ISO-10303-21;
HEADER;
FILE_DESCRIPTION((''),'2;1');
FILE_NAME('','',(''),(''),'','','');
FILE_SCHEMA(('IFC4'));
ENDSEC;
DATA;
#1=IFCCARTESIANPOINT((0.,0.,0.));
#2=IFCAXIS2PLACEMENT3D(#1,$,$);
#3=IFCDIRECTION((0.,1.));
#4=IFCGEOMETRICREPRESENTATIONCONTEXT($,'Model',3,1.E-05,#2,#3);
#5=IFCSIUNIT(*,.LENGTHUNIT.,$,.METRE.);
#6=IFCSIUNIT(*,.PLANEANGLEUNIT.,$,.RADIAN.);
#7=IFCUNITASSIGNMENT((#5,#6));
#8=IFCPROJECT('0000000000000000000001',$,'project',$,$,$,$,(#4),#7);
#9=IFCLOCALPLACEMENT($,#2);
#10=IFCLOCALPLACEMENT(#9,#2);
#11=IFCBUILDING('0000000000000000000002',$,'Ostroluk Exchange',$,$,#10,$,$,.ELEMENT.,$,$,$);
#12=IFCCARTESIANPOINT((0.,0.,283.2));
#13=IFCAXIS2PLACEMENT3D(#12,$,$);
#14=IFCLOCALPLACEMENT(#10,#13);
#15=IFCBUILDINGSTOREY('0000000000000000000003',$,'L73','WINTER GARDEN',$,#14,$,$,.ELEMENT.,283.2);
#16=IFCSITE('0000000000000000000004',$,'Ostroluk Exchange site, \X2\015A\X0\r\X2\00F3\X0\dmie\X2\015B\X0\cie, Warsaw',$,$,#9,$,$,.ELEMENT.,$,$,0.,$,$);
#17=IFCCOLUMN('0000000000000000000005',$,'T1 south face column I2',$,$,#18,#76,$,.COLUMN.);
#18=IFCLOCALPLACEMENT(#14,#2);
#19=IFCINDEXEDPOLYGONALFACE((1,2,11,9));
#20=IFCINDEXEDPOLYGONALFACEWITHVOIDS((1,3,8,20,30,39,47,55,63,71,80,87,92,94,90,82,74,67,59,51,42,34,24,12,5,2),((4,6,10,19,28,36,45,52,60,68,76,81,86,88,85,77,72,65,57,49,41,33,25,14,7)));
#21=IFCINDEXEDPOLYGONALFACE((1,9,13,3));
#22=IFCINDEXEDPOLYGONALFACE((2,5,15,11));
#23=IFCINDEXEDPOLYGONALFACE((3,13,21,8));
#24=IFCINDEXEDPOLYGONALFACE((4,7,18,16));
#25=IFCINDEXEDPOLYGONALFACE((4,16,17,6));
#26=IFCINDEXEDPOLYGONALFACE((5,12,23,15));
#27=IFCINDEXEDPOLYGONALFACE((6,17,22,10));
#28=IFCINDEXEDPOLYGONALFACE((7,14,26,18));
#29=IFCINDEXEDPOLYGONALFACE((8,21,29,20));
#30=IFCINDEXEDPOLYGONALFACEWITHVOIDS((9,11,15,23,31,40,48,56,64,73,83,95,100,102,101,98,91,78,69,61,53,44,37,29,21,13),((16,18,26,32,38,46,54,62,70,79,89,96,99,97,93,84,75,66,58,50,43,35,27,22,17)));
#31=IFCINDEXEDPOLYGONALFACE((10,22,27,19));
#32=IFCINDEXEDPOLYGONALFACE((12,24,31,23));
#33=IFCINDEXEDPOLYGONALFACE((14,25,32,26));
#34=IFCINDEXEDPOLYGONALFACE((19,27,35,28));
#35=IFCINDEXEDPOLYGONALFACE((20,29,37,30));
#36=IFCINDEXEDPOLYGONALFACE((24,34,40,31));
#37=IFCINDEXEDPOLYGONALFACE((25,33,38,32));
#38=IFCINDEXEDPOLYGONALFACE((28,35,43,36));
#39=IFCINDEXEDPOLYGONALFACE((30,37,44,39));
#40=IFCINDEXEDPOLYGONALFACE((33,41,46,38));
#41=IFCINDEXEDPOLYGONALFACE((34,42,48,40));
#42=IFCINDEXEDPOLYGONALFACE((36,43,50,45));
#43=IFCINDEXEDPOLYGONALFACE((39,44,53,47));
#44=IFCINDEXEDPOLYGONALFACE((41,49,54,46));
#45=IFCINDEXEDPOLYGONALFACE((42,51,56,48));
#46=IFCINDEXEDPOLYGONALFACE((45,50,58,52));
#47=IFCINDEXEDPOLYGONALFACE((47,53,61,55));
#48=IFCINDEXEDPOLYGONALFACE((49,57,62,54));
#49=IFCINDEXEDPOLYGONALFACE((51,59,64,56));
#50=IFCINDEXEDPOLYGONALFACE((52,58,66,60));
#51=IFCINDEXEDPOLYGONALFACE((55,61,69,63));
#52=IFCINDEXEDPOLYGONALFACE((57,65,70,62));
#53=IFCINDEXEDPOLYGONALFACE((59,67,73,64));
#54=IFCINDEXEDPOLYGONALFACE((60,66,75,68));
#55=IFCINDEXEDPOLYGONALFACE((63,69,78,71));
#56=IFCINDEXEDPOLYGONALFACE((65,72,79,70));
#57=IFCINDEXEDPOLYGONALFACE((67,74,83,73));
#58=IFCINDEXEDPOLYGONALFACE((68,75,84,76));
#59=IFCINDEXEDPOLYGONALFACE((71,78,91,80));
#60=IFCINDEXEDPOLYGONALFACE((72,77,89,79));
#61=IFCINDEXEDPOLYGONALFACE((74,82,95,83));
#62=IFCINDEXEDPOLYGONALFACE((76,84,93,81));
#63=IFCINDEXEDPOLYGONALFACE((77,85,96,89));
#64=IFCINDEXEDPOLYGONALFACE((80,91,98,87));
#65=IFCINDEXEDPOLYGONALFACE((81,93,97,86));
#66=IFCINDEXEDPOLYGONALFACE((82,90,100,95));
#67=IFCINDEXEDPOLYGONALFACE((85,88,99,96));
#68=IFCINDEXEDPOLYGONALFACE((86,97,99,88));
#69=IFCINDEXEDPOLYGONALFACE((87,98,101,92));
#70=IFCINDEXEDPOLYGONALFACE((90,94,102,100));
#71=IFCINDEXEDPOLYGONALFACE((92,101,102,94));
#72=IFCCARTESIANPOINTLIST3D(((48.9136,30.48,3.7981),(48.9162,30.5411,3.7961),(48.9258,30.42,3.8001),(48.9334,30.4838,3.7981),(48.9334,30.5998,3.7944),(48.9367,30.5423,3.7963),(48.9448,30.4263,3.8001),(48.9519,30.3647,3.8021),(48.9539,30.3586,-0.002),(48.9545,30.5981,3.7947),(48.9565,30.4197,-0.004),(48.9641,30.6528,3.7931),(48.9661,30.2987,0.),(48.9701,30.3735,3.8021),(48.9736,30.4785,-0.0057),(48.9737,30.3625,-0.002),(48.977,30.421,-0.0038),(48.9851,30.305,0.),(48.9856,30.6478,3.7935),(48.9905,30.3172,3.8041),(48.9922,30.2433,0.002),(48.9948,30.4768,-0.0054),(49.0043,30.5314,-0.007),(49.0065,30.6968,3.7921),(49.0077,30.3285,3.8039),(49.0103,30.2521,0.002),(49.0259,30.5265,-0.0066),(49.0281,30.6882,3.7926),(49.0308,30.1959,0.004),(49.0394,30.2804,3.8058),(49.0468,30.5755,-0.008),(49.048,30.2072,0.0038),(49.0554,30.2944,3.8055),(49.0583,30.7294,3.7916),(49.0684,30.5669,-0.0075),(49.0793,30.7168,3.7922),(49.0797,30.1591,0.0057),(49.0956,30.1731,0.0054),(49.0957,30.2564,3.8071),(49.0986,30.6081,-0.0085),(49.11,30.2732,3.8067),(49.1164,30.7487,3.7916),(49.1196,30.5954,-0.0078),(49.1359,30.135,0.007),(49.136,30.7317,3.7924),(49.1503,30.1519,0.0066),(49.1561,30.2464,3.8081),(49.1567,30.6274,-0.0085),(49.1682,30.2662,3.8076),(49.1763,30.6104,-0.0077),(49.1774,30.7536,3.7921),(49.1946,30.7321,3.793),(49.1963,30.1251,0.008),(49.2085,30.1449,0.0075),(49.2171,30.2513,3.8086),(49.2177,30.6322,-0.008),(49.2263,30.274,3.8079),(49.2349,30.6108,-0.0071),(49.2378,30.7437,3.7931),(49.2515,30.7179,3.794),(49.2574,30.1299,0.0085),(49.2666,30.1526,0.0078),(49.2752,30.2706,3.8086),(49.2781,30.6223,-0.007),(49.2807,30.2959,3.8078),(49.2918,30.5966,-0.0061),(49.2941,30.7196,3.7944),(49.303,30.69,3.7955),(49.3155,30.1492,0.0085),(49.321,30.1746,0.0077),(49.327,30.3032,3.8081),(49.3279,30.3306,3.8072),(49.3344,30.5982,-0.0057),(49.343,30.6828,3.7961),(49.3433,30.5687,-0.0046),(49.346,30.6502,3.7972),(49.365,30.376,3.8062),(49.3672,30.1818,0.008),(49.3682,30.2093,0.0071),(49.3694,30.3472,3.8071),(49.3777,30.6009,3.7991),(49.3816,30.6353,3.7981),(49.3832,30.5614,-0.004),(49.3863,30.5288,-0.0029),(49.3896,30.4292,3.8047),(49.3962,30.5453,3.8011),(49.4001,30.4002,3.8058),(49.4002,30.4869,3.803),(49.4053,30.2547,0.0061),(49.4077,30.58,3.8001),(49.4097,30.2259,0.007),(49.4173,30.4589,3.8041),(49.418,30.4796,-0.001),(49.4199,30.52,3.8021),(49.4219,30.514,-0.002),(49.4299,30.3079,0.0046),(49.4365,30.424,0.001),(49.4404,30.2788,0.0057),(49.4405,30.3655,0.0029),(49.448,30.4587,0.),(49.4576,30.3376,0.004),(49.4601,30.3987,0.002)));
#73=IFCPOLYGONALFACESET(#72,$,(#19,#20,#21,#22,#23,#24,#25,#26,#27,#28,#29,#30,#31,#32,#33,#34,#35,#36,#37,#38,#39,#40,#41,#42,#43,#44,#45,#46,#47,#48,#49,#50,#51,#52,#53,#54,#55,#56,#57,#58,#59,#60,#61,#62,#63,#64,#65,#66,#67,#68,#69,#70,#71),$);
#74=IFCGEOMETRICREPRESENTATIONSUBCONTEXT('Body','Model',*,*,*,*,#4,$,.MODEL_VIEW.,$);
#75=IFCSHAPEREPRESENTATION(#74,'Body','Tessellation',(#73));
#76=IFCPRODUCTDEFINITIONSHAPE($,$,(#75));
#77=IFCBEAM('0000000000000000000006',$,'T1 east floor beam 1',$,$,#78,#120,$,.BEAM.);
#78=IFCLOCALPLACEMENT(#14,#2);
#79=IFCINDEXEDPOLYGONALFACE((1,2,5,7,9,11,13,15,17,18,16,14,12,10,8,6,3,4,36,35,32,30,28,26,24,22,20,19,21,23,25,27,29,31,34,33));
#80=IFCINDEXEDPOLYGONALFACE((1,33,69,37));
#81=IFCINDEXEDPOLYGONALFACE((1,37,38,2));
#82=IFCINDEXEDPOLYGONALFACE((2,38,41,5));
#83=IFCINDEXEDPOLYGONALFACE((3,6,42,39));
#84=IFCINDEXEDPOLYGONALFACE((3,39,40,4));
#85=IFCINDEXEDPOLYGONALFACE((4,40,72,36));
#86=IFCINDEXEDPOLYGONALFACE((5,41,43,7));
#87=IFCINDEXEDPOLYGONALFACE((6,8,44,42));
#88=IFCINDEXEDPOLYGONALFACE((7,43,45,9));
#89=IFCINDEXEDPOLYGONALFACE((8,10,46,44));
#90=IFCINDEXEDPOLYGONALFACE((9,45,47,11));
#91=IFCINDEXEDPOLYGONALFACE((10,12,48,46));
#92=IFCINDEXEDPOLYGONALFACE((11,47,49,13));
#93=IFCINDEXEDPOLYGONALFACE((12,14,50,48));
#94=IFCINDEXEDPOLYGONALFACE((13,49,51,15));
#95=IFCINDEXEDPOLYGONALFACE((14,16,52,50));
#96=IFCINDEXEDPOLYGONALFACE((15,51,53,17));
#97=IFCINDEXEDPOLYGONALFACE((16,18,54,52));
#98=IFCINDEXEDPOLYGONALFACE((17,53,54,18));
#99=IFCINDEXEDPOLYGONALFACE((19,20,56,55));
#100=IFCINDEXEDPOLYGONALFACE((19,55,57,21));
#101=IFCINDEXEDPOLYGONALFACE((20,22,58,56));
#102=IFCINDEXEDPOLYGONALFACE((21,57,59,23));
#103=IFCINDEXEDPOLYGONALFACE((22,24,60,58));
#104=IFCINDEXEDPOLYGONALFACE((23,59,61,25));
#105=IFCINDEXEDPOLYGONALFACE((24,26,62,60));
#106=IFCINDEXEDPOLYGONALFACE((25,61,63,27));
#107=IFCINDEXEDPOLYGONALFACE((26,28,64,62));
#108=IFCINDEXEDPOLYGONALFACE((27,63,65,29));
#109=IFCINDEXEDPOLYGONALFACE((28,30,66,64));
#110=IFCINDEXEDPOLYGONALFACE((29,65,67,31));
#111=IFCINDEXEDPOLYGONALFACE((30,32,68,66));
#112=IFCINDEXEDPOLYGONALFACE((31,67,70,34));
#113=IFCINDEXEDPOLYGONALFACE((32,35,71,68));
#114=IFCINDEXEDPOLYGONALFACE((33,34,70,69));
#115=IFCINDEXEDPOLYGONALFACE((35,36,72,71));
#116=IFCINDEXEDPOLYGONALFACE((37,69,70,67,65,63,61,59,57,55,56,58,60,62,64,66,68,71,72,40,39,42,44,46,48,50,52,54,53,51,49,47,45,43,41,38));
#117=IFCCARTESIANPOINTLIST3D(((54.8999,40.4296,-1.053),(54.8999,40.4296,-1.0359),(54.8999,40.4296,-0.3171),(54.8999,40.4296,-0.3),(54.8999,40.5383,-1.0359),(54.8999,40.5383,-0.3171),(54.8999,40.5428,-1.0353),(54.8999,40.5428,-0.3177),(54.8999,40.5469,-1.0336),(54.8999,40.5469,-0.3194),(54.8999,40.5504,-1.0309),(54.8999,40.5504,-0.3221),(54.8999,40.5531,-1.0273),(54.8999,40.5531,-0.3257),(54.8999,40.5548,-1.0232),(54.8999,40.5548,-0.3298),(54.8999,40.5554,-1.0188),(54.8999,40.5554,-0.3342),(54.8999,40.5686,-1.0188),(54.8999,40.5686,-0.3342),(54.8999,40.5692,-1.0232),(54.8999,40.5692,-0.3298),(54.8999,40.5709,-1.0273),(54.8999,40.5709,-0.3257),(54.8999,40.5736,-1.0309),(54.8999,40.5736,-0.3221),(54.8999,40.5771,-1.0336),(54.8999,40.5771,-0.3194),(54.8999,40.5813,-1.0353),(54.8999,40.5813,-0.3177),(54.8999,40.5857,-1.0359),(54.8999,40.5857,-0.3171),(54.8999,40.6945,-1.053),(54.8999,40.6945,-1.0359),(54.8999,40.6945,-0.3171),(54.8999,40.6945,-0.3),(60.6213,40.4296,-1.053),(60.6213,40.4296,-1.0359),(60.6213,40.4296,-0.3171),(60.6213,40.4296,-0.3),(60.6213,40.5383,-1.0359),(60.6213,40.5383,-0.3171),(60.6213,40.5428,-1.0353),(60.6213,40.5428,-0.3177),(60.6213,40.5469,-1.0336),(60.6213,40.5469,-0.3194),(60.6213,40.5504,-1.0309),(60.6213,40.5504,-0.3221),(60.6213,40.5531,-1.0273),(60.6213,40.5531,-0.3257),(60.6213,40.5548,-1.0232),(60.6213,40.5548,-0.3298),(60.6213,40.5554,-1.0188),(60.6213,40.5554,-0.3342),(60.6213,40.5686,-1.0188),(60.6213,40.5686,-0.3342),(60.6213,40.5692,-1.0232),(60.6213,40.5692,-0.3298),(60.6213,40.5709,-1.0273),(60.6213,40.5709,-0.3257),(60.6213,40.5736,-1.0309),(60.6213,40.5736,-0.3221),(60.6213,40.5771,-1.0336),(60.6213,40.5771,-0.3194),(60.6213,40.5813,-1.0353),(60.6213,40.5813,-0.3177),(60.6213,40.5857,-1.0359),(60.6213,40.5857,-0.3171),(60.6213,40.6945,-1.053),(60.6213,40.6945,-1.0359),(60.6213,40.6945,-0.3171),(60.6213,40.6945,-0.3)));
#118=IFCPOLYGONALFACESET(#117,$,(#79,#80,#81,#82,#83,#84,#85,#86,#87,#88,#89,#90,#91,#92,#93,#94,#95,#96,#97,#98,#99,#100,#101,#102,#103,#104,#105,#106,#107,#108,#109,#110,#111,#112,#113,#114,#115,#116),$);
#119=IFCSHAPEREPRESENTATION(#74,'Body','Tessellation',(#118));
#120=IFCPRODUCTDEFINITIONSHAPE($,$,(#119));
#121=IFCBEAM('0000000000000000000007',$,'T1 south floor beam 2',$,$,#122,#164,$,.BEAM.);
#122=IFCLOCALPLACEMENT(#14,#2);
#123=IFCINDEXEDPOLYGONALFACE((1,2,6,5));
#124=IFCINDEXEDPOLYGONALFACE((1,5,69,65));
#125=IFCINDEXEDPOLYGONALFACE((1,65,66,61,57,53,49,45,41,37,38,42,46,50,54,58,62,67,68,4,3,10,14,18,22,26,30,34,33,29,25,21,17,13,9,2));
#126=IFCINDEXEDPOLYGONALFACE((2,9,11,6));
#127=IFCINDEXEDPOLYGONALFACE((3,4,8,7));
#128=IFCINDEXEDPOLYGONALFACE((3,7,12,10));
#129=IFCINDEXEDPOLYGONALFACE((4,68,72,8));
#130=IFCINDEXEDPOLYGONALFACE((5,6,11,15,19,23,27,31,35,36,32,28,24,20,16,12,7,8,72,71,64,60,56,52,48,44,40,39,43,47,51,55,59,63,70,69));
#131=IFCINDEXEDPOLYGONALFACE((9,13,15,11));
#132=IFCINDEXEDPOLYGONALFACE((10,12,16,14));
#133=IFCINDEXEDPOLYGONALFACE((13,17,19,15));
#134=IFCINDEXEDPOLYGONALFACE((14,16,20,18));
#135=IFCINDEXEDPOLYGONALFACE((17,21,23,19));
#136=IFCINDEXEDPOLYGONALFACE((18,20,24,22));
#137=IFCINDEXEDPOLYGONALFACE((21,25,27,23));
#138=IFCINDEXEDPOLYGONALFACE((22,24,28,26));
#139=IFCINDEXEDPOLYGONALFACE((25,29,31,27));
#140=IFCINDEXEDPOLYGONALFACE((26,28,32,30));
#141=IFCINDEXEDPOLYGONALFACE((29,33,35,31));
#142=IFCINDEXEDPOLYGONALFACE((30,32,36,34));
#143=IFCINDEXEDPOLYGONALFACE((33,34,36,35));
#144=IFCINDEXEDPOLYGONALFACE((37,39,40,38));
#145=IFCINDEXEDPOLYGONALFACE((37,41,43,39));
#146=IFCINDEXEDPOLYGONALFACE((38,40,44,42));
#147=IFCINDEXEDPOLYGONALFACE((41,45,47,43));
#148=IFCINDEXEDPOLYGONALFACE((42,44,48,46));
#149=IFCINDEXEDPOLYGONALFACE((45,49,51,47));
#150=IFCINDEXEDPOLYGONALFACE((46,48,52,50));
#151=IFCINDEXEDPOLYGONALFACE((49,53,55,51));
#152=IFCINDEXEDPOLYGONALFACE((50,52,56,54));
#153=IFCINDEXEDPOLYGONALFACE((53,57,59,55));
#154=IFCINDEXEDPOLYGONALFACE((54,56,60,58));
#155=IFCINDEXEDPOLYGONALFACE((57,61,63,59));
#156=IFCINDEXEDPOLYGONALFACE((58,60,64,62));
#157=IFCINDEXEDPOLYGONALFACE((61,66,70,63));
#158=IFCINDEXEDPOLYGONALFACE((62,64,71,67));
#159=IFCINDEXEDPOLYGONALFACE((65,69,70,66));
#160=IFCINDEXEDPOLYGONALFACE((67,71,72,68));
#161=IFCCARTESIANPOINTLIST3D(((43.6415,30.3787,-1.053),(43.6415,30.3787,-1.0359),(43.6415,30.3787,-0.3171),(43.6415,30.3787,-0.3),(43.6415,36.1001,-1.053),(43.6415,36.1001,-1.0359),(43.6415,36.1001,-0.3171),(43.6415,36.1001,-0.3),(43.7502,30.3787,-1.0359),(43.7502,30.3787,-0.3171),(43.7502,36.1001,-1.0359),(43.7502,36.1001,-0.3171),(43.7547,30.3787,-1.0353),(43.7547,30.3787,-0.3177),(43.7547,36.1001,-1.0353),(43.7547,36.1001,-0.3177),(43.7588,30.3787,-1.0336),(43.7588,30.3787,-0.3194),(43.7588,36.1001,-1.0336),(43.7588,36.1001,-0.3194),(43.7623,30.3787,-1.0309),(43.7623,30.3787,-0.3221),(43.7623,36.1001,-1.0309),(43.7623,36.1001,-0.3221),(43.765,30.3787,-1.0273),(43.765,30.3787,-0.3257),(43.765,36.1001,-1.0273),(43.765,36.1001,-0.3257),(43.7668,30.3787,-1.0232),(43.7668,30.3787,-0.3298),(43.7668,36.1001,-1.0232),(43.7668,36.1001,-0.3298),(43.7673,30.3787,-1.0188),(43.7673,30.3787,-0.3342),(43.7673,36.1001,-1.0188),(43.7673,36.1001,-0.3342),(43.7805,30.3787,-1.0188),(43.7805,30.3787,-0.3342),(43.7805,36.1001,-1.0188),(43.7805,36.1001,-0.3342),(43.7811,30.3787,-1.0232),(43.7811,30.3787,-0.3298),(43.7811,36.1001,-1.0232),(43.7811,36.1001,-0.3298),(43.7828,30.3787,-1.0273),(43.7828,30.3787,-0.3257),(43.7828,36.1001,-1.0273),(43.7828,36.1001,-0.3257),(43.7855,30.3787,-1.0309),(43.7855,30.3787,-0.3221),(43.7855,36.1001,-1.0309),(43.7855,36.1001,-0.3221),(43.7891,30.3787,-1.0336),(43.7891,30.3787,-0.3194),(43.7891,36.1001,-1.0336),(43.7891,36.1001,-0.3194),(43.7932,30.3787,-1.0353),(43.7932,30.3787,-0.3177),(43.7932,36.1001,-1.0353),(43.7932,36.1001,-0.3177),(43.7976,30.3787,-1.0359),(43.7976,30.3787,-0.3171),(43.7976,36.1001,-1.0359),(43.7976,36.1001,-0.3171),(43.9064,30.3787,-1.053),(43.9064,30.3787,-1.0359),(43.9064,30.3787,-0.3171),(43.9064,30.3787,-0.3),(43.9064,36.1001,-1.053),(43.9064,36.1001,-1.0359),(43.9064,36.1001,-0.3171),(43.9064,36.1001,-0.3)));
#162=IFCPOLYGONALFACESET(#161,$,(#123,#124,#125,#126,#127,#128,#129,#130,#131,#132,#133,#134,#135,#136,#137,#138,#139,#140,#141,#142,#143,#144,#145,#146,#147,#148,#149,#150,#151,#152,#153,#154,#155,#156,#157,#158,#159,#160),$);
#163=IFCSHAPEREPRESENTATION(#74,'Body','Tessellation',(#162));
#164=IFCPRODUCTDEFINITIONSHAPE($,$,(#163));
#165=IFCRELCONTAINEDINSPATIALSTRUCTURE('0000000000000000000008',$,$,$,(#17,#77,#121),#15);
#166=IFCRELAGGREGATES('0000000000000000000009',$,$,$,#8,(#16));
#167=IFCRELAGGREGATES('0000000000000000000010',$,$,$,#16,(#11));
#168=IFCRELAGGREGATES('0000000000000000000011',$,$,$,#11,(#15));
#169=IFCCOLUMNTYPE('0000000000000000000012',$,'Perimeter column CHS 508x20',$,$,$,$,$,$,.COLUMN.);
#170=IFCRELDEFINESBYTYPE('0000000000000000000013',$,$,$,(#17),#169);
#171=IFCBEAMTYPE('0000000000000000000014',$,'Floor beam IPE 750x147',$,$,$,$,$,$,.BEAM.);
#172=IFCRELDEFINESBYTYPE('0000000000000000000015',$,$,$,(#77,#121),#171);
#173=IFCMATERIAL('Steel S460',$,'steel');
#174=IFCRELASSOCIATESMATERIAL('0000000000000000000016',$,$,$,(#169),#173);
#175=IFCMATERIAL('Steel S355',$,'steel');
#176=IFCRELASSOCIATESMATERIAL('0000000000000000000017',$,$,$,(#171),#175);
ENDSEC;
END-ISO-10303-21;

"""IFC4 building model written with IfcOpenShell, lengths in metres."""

from ifc_helpers import new_model, si_unit, direction, frame, origin, origin_2d, place, context, subcontext, project, spatial, hollow_circle, i_section, extrude, material, material_profile, profile_set, type_object, element, save


model = new_model("IFC4")

# Units and contexts
model_context = context("Model", 3, precision=1e-05, world=origin(), true_north=direction((0.0, 1.0)))
body_context = subcontext(model_context, "Body", "Model", "MODEL_VIEW")
ifc_project = project(units=[si_unit("LENGTHUNIT", "METRE"), si_unit("PLANEANGLEUNIT", "RADIAN")], contexts=[model_context])

# Site, building, storey
site_placement = place(None, origin())
site = spatial("IfcSite", under=ifc_project, at=site_placement, Name="Ostroluk Exchange site, Śródmieście, Warsaw", CompositionType="ELEMENT", RefElevation=0.0)
building_placement = place(site_placement, origin())
building = spatial("IfcBuilding", under=site, at=building_placement, Name="Ostroluk Exchange", CompositionType="ELEMENT")
storey_placement = place(building_placement, frame((0.0, 0.0, 283.2)))
storey = spatial("IfcBuildingStorey", under=building, at=storey_placement, Name="L73", Description="WINTER GARDEN", CompositionType="ELEMENT", Elevation=283.2)

# Column
ifc_material_1 = material(Name="Steel S460", Category="steel")
ifc_material_profile_1 = material_profile(ifc_material_1, hollow_circle(Radius=0.2539, WallThickness=0.02, at=origin_2d()), Name="CHS 508x20")
ifc_profile_set_1 = profile_set([ifc_material_profile_1], Name="Steel S460")
column_type = type_object("IfcColumnType", Name="Perimeter column CHS 508x20", PredefinedType="COLUMN", material=ifc_profile_set_1)
column_placement = place(storey_placement, frame((49.207, 30.3787, 0.0), z_axis=(-0.010595, 0.031913, 0.999435), x_axis=(-0.949065, -0.315082, 0.0)))
element("IfcColumn", 1, at=column_placement, inside=storey, type_object=column_type, Name="T1 south face column I2", PredefinedType="COLUMN", context=body_context, shape_type="SweptSolid", body=[
    extrude(hollow_circle(Radius=0.2539, WallThickness=0.02, at=origin_2d()), origin(), (0.0, 0.0, 1.0), 3.8022),
])

# Beams
ifc_material_2 = material(Name="Steel S355", Category="steel")
ifc_material_profile_2 = material_profile(ifc_material_2, i_section(OverallWidth=0.2649, OverallDepth=0.7529, WebThickness=0.0132, FlangeThickness=0.0171, FilletRadius=0.0171, at=origin_2d()), Name="IPE 750x147")
ifc_profile_set_2 = profile_set([ifc_material_profile_2], Name="Steel S355")
beam_type_1 = type_object("IfcBeamType", Name="Floor beam IPE 750x147", PredefinedType="BEAM", material=ifc_profile_set_2)
for number, where, z_axis, x_axis, name in (
    (2, (54.8999, 40.562, -0.6765), (1.0, 0.0, 0.0), (0.0, 1.0, 0.0), "T1 east floor beam 1"),
    (3, (43.7739, 36.1001, -0.6765), (0.0, -1.0, 0.0), (1.0, 0.0, 0.0), "T1 south floor beam 2"),
):
    element("IfcBeam", number, at=place(storey_placement, frame(where, z_axis=z_axis, x_axis=x_axis)), inside=storey, type_object=beam_type_1, Name=name, PredefinedType="BEAM", context=body_context, shape_type="SweptSolid", body=[
        extrude(i_section(OverallWidth=0.2649, OverallDepth=0.7529, WebThickness=0.0132, FlangeThickness=0.0171, FilletRadius=0.0171, at=origin_2d()), origin(), (0.0, 0.0, 1.0), 5.7214),
    ])

save(model, "model.ifc")
